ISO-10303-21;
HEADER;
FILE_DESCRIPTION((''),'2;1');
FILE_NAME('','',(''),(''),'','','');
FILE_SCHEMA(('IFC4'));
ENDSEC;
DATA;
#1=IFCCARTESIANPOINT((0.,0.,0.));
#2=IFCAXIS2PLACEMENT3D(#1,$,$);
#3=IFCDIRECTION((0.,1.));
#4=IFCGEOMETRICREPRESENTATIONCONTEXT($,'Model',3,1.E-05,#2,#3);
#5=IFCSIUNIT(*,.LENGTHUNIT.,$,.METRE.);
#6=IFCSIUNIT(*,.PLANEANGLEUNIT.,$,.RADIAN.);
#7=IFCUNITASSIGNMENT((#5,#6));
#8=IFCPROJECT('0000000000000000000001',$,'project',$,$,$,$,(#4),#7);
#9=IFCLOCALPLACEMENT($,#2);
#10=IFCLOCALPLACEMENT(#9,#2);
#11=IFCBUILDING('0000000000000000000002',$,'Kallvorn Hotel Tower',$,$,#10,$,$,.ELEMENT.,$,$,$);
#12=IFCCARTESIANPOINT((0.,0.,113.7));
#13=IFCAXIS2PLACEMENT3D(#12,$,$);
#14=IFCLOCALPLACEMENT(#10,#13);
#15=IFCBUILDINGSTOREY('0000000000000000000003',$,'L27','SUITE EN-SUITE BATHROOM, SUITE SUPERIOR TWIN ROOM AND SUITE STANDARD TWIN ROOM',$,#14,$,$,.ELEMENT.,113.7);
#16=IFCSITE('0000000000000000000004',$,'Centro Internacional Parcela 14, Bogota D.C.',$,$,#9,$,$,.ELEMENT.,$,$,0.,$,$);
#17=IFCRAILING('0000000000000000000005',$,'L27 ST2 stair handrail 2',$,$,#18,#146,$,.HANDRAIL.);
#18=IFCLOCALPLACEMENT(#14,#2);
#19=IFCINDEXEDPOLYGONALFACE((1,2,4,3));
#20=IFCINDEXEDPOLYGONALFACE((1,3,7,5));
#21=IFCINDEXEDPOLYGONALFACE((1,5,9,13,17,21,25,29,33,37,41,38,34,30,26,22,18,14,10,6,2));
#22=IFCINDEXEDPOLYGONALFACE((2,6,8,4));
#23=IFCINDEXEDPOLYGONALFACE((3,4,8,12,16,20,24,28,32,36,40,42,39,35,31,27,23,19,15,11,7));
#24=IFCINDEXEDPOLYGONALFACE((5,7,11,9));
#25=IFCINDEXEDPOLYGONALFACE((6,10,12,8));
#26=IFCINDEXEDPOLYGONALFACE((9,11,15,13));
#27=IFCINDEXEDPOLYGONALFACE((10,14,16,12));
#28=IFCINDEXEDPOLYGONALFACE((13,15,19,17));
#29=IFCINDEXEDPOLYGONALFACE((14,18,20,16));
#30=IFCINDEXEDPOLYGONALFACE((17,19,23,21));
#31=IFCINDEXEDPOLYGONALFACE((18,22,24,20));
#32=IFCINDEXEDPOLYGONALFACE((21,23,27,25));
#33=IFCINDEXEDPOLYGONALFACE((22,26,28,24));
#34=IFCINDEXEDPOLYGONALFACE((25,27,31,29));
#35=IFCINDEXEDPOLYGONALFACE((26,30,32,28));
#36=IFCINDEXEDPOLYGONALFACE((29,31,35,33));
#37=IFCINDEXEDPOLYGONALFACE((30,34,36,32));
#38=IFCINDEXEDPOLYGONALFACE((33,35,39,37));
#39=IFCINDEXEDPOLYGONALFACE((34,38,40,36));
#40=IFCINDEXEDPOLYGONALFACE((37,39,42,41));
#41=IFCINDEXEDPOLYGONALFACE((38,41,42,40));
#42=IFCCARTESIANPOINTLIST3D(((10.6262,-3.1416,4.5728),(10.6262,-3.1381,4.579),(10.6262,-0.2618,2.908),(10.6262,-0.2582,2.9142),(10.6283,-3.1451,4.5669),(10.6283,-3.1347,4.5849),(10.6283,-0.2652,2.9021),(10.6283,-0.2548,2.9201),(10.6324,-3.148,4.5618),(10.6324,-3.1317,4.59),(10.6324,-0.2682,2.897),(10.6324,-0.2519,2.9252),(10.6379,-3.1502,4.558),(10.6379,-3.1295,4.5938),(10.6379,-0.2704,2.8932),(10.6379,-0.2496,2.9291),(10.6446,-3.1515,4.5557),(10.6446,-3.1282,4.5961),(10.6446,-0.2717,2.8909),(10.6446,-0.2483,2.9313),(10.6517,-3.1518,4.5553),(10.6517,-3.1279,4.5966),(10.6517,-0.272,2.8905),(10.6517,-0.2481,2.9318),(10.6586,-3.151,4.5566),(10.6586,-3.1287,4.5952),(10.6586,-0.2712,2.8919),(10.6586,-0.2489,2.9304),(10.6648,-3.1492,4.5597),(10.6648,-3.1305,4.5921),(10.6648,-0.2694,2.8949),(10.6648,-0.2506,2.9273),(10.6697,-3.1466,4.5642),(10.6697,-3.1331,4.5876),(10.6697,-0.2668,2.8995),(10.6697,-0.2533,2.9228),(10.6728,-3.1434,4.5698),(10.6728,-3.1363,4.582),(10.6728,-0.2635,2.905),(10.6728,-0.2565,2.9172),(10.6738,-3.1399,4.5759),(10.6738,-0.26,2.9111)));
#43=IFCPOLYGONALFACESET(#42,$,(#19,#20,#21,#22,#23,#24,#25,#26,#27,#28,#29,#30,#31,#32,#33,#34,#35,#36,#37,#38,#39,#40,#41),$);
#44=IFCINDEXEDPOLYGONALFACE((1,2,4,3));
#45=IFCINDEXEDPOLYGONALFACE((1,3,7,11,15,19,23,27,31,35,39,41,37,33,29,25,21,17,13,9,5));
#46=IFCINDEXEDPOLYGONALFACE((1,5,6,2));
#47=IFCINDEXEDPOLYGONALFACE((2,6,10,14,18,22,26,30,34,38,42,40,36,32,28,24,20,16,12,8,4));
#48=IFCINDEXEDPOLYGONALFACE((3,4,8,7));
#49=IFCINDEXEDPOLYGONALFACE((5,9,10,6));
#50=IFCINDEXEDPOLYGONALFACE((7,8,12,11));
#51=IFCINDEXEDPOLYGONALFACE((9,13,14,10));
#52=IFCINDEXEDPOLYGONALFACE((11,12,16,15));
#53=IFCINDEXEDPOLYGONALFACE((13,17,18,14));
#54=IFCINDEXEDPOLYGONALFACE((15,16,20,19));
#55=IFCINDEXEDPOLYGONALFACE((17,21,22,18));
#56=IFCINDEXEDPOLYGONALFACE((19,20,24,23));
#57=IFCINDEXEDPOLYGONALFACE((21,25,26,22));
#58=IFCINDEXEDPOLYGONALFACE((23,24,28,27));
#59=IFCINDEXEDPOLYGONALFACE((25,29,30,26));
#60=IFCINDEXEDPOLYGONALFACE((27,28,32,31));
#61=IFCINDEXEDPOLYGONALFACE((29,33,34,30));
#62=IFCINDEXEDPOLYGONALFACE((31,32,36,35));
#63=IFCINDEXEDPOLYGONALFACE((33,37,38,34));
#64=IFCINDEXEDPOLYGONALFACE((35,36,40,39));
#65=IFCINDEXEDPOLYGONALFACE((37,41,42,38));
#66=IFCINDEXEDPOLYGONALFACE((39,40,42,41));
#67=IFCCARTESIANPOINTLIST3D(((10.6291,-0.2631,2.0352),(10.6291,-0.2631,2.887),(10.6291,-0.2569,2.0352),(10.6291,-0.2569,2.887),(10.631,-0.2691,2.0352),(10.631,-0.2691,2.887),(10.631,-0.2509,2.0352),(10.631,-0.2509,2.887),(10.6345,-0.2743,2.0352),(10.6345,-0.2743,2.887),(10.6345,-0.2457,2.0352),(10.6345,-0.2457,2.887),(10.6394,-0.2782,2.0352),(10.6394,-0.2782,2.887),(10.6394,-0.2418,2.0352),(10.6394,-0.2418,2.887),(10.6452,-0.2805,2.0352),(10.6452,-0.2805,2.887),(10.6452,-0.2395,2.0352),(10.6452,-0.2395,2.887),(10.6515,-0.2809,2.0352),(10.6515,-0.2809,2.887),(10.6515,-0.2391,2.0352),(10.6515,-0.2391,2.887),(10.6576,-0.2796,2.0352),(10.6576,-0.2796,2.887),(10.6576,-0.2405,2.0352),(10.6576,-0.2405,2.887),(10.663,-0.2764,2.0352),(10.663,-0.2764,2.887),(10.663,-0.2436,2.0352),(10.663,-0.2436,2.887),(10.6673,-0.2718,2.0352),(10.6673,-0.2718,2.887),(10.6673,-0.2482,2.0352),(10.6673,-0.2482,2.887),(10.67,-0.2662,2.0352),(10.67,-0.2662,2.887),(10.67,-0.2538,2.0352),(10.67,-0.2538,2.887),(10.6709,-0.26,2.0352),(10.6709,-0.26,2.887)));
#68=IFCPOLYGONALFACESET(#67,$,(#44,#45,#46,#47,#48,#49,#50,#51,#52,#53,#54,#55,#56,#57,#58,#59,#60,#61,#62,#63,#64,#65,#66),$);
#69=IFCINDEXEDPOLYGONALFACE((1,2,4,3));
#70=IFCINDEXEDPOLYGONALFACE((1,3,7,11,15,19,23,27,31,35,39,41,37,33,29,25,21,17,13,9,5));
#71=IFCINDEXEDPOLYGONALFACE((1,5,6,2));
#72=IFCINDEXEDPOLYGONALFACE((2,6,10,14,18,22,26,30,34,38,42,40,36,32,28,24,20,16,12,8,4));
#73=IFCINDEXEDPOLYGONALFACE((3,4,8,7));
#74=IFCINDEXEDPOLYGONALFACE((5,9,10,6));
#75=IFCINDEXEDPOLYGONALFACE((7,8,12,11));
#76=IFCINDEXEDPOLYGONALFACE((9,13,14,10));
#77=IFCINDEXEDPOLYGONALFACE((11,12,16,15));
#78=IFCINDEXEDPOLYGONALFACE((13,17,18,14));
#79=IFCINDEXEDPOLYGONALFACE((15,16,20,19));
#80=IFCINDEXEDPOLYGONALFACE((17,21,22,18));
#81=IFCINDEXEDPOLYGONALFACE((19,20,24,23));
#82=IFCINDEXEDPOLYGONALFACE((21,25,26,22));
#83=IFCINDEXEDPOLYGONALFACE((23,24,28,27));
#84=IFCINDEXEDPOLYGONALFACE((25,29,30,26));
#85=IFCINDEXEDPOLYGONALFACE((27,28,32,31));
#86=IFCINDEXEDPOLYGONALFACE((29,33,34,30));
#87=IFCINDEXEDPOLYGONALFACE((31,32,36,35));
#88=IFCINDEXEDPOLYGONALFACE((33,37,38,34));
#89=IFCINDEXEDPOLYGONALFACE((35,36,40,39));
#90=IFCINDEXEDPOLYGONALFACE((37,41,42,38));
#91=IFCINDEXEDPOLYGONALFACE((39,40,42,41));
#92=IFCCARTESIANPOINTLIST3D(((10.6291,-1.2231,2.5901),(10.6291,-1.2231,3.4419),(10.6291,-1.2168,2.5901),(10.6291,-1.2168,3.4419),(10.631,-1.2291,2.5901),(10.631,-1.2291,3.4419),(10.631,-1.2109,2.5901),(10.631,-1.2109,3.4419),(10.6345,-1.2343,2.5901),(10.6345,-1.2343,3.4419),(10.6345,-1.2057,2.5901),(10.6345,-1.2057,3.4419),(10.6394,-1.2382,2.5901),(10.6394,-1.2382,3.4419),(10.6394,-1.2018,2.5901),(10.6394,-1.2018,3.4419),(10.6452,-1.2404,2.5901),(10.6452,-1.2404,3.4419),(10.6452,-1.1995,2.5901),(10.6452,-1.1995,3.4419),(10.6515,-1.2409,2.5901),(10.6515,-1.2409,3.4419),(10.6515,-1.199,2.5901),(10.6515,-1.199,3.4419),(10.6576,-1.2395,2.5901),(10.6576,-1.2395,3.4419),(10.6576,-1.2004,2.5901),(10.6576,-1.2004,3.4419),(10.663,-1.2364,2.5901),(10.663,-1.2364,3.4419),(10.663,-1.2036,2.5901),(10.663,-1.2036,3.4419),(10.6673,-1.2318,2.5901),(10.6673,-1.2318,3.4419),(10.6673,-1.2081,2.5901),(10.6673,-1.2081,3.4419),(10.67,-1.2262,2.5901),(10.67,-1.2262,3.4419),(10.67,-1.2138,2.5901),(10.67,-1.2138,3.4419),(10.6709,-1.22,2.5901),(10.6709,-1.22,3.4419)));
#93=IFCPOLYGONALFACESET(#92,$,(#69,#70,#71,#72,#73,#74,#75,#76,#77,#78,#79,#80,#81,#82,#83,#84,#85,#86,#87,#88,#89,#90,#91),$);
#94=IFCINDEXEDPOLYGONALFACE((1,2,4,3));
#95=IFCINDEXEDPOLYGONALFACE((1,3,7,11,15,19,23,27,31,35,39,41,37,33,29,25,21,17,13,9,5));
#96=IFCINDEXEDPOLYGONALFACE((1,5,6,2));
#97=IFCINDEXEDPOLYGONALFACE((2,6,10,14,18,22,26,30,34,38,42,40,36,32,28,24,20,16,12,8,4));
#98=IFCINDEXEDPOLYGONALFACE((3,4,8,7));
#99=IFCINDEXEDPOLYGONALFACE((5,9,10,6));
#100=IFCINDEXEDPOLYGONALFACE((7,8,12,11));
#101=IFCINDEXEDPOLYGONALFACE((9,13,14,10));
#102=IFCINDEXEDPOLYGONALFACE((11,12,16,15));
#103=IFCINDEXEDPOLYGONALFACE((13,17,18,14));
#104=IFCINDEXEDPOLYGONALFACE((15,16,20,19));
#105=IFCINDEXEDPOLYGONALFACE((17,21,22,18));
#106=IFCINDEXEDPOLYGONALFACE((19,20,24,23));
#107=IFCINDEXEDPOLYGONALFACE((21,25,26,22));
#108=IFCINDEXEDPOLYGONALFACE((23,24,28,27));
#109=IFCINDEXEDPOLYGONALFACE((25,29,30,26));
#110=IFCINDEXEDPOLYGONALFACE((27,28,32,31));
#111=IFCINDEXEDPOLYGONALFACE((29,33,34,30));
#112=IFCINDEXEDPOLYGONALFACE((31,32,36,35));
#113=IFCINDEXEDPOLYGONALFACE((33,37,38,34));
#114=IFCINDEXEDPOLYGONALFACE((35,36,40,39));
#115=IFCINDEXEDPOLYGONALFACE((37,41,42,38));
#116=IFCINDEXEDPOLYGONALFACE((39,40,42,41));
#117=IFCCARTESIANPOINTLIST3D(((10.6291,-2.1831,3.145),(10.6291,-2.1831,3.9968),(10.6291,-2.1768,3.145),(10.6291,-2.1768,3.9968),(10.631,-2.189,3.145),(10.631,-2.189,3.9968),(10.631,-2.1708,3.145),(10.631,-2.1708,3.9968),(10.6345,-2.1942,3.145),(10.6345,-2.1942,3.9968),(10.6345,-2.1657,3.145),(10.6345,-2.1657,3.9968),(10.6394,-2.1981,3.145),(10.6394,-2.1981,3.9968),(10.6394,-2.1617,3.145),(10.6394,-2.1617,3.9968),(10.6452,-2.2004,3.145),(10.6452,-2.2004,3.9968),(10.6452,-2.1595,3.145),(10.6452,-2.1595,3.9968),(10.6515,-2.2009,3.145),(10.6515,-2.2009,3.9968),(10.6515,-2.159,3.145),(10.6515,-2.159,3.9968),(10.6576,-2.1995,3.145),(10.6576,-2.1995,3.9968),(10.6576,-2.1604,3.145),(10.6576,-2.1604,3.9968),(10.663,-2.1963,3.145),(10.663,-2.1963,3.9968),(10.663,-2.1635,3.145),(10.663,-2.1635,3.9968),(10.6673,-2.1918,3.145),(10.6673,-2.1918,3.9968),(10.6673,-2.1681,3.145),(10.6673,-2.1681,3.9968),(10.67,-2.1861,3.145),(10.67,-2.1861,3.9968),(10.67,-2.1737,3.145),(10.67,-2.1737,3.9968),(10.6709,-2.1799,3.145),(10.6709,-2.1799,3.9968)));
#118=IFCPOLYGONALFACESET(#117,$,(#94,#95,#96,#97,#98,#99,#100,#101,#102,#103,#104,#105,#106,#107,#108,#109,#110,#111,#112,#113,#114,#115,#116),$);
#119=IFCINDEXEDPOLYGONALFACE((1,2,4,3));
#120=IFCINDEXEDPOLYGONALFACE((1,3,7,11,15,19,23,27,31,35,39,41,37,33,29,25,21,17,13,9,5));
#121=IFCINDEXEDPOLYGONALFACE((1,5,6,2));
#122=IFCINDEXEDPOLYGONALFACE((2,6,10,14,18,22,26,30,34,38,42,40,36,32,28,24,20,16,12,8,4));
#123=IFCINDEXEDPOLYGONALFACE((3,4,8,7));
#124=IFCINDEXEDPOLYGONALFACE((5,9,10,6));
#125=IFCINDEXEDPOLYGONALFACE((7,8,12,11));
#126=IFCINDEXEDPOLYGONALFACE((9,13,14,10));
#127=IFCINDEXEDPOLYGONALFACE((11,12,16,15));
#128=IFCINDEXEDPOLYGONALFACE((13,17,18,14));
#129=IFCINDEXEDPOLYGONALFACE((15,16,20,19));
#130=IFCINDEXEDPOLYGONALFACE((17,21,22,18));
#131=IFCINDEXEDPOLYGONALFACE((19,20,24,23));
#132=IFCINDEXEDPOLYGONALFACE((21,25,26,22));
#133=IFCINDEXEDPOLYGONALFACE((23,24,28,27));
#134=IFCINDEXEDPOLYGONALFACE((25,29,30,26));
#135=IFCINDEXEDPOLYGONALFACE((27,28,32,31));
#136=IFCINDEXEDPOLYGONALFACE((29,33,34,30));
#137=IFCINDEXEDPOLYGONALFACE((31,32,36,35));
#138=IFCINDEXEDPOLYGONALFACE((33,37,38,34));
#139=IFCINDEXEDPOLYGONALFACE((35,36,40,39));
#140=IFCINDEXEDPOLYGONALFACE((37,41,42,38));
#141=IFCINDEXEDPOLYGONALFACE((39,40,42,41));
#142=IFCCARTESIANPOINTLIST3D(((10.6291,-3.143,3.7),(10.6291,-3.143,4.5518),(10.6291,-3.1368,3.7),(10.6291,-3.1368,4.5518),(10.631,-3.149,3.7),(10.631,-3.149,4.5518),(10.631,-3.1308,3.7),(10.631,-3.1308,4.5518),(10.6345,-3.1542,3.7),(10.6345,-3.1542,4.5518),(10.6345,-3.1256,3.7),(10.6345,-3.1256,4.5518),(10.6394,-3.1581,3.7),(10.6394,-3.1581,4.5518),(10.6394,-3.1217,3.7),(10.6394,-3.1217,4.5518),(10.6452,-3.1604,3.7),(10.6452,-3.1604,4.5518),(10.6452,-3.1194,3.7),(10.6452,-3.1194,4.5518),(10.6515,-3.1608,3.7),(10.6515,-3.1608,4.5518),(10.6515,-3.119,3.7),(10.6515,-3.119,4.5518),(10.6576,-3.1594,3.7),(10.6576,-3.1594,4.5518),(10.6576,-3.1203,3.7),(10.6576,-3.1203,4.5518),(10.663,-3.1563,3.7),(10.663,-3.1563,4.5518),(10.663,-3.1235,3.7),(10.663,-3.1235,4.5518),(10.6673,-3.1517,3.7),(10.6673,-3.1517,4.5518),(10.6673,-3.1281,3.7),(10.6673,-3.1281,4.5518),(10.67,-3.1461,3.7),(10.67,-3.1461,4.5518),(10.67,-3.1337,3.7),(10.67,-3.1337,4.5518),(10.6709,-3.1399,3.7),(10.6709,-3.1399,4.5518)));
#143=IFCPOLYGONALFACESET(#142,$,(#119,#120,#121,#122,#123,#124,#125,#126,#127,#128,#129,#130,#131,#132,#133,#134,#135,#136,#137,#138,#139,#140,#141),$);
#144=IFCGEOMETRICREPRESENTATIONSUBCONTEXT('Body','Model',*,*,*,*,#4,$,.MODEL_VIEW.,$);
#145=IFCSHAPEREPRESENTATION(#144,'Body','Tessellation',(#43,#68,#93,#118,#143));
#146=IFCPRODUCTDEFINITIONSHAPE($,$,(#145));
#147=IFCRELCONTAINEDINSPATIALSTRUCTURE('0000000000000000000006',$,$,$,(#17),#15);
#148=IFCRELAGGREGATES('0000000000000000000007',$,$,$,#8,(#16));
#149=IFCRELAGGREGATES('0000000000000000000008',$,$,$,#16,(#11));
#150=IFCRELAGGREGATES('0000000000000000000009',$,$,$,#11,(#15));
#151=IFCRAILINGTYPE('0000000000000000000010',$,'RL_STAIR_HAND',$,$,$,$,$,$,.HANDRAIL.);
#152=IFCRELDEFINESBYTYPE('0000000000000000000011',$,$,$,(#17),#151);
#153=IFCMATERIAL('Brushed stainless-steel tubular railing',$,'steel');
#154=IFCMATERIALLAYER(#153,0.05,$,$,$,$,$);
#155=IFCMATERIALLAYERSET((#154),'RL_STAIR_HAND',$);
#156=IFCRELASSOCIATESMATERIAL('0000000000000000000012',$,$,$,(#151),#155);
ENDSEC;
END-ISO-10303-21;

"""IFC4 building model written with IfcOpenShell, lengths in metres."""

from ifc_helpers import new_model, si_unit, direction, frame, origin, origin_2d, place, context, subcontext, project, spatial, circle, extrude, material, layer, layer_set, type_object, element, save


model = new_model("IFC4")

# Units and contexts
model_context = context("Model", 3, precision=1e-05, world=origin(), true_north=direction((0.0, 1.0)))
body_context = subcontext(model_context, "Body", "Model", "MODEL_VIEW")
ifc_project = project(units=[si_unit("LENGTHUNIT", "METRE"), si_unit("PLANEANGLEUNIT", "RADIAN")], contexts=[model_context])

# Site, building, storey
site_placement = place(None, origin())
site = spatial("IfcSite", under=ifc_project, at=site_placement, Name="Centro Internacional Parcela 14, Bogota D.C.", CompositionType="ELEMENT", RefElevation=0.0)
building_placement = place(site_placement, origin())
building = spatial("IfcBuilding", under=site, at=building_placement, Name="Kallvorn Hotel Tower", CompositionType="ELEMENT")
storey_placement = place(building_placement, frame((0.0, 0.0, 113.7)))
storey = spatial("IfcBuildingStorey", under=building, at=storey_placement, Name="L27", Description="SUITE EN-SUITE BATHROOM, SUITE SUPERIOR TWIN ROOM AND SUITE STANDARD TWIN ROOM", CompositionType="ELEMENT", Elevation=113.7)

# Railing
ifc_material_1 = material(Name="Brushed stainless-steel tubular railing", Category="steel")
ifc_layer_1 = layer(ifc_material_1, 0.05)
ifc_layer_set_1 = layer_set([ifc_layer_1], Name="RL_STAIR_HAND")
railing_type_1 = type_object("IfcRailingType", Name="RL_STAIR_HAND", PredefinedType="HANDRAIL", material=ifc_layer_set_1)
railing_1_placement = place(storey_placement, frame((10.6499, -0.26, 2.0352)))
element("IfcRailing", 1, at=railing_1_placement, inside=storey, type_object=railing_type_1, Name="L27 ST2 stair handrail 2", PredefinedType="HANDRAIL", context=body_context, shape_type="SweptSolid", body=[
    extrude(circle(Radius=0.0239, at=origin_2d()), frame((0.0, 0.0, 0.876), z_axis=(0.0, -0.865753, 0.500472), x_axis=(1.0, 0.0, 0.0)), (0.0, 0.0, 1.0), 3.3264),
    extrude(circle(Radius=0.021, at=origin_2d()), origin(), (0.0, 0.0, 1.0), 0.8518),
    extrude(circle(Radius=0.021, at=origin_2d()), frame((0.0, -0.96, 0.5549)), (0.0, 0.0, 1.0), 0.8518),
    extrude(circle(Radius=0.021, at=origin_2d()), frame((0.0, -1.9199, 1.1099)), (0.0, 0.0, 1.0), 0.8518),
    extrude(circle(Radius=0.021, at=origin_2d()), frame((0.0, -2.8799, 1.6648)), (0.0, 0.0, 1.0), 0.8518),
])

save(model, "model.ifc")
